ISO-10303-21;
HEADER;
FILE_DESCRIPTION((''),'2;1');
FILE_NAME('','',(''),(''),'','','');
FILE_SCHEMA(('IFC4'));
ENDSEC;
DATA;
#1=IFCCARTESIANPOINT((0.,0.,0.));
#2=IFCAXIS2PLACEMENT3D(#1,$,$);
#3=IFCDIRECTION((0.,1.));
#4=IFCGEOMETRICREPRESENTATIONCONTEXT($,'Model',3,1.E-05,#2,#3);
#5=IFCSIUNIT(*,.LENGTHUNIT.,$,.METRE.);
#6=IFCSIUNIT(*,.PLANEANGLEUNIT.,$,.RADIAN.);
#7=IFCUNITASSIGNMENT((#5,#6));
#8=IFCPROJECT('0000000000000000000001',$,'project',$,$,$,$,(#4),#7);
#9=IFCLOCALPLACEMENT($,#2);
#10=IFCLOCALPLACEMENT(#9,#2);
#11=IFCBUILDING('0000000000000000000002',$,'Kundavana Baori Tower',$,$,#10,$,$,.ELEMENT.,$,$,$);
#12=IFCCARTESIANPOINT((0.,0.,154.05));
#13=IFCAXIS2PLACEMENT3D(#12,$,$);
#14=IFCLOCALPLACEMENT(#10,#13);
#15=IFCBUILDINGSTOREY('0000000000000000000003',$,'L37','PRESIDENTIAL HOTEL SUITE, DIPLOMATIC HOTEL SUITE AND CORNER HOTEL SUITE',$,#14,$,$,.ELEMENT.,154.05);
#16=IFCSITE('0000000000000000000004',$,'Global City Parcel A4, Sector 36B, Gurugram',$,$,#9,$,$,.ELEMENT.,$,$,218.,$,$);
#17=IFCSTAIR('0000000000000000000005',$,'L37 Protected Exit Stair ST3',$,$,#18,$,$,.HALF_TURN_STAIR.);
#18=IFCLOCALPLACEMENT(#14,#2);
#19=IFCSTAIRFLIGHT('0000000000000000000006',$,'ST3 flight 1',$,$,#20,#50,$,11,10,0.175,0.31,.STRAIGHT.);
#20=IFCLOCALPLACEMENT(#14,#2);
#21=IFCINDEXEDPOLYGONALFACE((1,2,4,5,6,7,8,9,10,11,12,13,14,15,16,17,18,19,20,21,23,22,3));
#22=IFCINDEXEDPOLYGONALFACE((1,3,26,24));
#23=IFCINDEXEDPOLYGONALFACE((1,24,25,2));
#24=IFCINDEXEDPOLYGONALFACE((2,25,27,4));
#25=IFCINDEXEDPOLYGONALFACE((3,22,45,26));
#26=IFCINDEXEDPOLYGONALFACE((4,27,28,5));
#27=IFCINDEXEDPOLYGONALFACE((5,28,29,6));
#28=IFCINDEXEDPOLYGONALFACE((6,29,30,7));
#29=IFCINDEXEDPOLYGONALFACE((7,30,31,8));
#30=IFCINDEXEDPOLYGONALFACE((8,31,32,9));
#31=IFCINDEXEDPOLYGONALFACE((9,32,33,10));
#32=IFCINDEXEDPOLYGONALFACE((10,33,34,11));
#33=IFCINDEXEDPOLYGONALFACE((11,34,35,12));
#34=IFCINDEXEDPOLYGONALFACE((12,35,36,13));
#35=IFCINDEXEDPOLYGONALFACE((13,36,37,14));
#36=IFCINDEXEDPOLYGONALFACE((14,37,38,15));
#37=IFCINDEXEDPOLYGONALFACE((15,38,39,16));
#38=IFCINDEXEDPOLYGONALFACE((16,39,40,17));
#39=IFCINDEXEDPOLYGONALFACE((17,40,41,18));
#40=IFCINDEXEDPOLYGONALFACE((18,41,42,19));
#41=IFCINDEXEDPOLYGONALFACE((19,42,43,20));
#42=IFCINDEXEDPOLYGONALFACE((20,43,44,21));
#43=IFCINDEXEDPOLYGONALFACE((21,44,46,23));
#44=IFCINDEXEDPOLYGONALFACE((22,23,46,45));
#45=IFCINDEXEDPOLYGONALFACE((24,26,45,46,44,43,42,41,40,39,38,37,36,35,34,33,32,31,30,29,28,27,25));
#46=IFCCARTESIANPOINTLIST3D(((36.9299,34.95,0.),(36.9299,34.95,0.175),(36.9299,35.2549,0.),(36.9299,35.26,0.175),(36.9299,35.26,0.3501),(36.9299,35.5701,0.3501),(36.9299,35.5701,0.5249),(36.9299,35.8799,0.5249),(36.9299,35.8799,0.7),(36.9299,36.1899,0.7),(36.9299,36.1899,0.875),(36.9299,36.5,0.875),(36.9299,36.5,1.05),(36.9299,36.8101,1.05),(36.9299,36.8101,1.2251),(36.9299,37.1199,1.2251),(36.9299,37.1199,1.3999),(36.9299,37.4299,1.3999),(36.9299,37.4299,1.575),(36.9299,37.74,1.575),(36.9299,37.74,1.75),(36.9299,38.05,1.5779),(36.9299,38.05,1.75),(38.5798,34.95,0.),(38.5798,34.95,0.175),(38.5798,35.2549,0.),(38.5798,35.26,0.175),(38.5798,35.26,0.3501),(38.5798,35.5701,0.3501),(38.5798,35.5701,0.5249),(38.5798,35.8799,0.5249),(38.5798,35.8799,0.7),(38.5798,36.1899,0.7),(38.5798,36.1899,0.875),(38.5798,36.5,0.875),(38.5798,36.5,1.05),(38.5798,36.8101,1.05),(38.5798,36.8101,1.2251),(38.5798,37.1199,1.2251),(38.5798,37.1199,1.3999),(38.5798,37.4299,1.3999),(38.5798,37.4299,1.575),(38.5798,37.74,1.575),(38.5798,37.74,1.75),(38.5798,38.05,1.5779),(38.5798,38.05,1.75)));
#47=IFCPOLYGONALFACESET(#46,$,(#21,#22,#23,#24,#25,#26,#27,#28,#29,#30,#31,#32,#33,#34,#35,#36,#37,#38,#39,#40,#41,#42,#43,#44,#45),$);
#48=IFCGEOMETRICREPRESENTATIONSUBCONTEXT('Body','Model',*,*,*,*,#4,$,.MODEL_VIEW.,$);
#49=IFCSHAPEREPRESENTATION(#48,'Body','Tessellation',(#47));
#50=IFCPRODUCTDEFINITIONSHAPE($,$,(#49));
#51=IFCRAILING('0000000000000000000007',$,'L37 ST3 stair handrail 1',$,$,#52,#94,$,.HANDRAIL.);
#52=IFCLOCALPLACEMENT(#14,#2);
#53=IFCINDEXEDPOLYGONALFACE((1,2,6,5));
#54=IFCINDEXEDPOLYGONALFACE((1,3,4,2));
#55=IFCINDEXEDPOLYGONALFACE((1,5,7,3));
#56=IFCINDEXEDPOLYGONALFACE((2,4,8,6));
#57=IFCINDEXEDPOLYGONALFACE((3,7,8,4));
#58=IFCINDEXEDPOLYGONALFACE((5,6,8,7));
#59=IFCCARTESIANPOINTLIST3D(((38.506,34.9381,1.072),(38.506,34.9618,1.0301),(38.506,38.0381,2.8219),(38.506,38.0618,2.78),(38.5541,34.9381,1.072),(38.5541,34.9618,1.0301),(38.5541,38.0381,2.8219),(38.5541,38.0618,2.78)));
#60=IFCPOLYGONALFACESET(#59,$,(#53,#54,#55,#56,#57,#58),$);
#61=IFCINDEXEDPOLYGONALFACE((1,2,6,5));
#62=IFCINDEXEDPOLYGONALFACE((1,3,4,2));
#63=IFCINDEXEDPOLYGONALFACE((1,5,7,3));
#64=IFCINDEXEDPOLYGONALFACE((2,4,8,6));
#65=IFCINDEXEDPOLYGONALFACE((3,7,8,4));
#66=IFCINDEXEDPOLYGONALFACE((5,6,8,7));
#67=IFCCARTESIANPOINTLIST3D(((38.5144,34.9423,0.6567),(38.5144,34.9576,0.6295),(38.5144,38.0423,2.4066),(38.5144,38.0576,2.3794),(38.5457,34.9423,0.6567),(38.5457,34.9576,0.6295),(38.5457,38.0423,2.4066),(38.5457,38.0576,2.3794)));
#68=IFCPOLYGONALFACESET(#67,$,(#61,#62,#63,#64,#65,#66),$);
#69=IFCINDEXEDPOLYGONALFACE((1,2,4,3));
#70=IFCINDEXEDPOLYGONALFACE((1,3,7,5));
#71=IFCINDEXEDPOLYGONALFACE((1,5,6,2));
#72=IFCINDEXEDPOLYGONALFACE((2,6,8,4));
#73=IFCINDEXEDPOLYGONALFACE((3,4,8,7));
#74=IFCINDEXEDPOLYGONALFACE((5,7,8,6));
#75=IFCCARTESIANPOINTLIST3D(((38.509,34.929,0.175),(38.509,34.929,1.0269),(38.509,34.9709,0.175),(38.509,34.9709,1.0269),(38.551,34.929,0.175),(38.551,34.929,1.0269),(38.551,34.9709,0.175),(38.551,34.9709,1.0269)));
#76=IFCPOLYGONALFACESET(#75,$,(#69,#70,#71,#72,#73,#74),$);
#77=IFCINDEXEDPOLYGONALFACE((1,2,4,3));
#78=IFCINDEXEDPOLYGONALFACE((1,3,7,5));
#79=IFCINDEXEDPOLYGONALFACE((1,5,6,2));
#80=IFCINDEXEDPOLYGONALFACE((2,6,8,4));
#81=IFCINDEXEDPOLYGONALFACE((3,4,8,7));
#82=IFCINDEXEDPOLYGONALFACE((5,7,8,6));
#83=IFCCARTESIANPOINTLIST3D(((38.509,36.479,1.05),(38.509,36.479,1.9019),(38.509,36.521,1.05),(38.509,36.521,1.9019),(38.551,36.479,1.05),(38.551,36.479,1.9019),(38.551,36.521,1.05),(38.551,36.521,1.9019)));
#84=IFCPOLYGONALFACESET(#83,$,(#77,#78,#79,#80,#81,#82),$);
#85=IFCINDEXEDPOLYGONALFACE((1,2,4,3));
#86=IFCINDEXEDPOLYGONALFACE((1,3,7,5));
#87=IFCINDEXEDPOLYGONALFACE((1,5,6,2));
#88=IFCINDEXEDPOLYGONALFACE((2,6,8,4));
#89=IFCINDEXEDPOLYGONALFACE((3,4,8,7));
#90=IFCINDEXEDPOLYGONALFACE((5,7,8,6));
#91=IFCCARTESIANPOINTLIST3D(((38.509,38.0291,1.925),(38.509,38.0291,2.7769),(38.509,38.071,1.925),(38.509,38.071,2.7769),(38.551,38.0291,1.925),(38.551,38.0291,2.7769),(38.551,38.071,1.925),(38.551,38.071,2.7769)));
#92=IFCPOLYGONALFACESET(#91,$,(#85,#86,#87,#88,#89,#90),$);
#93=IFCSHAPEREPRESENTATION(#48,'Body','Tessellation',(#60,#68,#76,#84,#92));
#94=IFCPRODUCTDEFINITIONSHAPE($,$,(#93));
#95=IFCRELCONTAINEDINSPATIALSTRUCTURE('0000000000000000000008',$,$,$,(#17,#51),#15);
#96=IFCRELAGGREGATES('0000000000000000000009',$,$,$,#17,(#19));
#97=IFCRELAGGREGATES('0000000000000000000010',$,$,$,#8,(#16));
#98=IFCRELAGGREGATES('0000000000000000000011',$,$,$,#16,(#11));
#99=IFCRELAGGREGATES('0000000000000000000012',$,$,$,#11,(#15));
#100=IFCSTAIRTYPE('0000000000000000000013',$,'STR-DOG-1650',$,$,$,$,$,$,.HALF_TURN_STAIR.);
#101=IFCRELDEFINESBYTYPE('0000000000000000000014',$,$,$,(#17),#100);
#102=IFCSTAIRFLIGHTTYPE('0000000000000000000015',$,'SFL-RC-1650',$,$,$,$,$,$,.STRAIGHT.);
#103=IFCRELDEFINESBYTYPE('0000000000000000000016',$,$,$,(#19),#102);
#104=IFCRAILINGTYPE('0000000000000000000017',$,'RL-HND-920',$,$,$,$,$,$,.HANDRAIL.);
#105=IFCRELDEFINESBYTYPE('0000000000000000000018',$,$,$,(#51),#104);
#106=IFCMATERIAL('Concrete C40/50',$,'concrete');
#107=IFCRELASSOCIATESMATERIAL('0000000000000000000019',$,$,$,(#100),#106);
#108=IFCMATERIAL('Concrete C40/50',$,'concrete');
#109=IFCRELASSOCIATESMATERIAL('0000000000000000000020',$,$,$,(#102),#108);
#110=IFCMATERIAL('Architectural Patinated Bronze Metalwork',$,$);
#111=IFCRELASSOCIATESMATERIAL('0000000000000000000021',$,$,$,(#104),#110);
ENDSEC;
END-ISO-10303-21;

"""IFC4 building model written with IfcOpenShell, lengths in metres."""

from ifc_helpers import new_model, si_unit, direction, frame, origin, origin_2d, place, context, subcontext, project, spatial, polyline, rectangle, outline, extrude, material, type_object, element, aggregate, save


model = new_model("IFC4")

# Units and contexts
model_context = context("Model", 3, precision=1e-05, world=origin(), true_north=direction((0.0, 1.0)))
body_context = subcontext(model_context, "Body", "Model", "MODEL_VIEW")
ifc_project = project(units=[si_unit("LENGTHUNIT", "METRE"), si_unit("PLANEANGLEUNIT", "RADIAN")], contexts=[model_context])

# Site, building, storey
site_placement = place(None, origin())
site = spatial("IfcSite", under=ifc_project, at=site_placement, Name="Global City Parcel A4, Sector 36B, Gurugram", CompositionType="ELEMENT", RefElevation=218.0)
building_placement = place(site_placement, origin())
building = spatial("IfcBuilding", under=site, at=building_placement, Name="Kundavana Baori Tower", CompositionType="ELEMENT")
storey_placement = place(building_placement, frame((0.0, 0.0, 154.05)))
storey = spatial("IfcBuildingStorey", under=building, at=storey_placement, Name="L37", Description="PRESIDENTIAL HOTEL SUITE, DIPLOMATIC HOTEL SUITE AND CORNER HOTEL SUITE", CompositionType="ELEMENT", Elevation=154.05)

# Stair, stair flight
ifc_material_1 = material(Name="Concrete C40/50", Category="concrete")
stair_type = type_object("IfcStairType", Name="STR-DOG-1650", PredefinedType="HALF_TURN_STAIR", material=ifc_material_1)
stair_placement = place(storey_placement, origin())
stair = element("IfcStair", 1, at=stair_placement, inside=storey, type_object=stair_type, Name="L37 Protected Exit Stair ST3", PredefinedType="HALF_TURN_STAIR")
ifc_material_2 = material(Name="Concrete C40/50", Category="concrete")
stair_flight_type = type_object("IfcStairFlightType", Name="SFL-RC-1650", PredefinedType="STRAIGHT", material=ifc_material_2)
stair_flight_placement = place(storey_placement, frame((37.7549, 34.95, 0.0), z_axis=(0.0, 0.0, 1.0), x_axis=(0.0, 1.0, 0.0)))
stair_flight = element("IfcStairFlight", 2, at=stair_flight_placement, type_object=stair_flight_type, Name="ST3 flight 1", NumberOfRisers=11, NumberOfTreads=10, PredefinedType="STRAIGHT", RiserHeight=0.175, TreadLength=0.31, context=body_context, shape_type="SweptSolid", body=[
    extrude(outline(polyline([(0.0, 0.0), (0.0, 0.175), (0.3101, 0.175), (0.3101, 0.3501), (0.6201, 0.3501), (0.6201, 0.5249), (0.9299, 0.5249), (0.9299, 0.7), (1.24, 0.7), (1.24, 0.875), (1.55, 0.875), (1.55, 1.05), (1.8601, 1.05), (1.8601, 1.2251), (2.1699, 1.2251), (2.1699, 1.3999), (2.48, 1.3999), (2.48, 1.575), (2.79, 1.575), (2.79, 1.75), (3.1001, 1.75), (3.1001, 1.925), (3.1001, 1.5779), (0.3049, 0.0), (0.0, 0.0)])), frame((0.0, 0.825, 0.0), z_axis=(0.0, -1.0, 0.0), x_axis=(1.0, 0.0, 0.0)), (0.0, 0.0, 1.0), 1.6499),
])
aggregate(stair, [stair_flight])

# Railing
ifc_material_3 = material(Name="Architectural Patinated Bronze Metalwork")
railing_type = type_object("IfcRailingType", Name="RL-HND-920", PredefinedType="HANDRAIL", material=ifc_material_3)
railing_placement = place(storey_placement, frame((38.53, 34.95, 0.175)))
element("IfcRailing", 3, at=railing_placement, inside=storey, type_object=railing_type, Name="L37 ST3 stair handrail 1", PredefinedType="HANDRAIL", context=body_context, shape_type="SweptSolid", body=[
    extrude(rectangle(XDim=0.0481, YDim=0.0481, at=origin_2d()), frame((0.0, 0.0, 0.876), z_axis=(0.0, 0.870831, 0.491583), x_axis=(-1.0, 0.0, 0.0)), (0.0, 0.0, 1.0), 3.5598),
    extrude(rectangle(XDim=0.0312, YDim=0.0312, at=origin_2d()), frame((0.0, 0.0, 0.468), z_axis=(0.0, 0.870831, 0.491583), x_axis=(-1.0, 0.0, 0.0)), (0.0, 0.0, 1.0), 3.5598),
    extrude(rectangle(XDim=0.042, YDim=0.042, at=origin_2d()), origin(), (0.0, 0.0, 1.0), 0.8518),
    extrude(rectangle(XDim=0.042, YDim=0.042, at=origin_2d()), frame((0.0, 1.55, 0.875)), (0.0, 0.0, 1.0), 0.8518),
    extrude(rectangle(XDim=0.042, YDim=0.042, at=origin_2d()), frame((0.0, 3.1001, 1.75)), (0.0, 0.0, 1.0), 0.8518),
])

save(model, "model.ifc")
